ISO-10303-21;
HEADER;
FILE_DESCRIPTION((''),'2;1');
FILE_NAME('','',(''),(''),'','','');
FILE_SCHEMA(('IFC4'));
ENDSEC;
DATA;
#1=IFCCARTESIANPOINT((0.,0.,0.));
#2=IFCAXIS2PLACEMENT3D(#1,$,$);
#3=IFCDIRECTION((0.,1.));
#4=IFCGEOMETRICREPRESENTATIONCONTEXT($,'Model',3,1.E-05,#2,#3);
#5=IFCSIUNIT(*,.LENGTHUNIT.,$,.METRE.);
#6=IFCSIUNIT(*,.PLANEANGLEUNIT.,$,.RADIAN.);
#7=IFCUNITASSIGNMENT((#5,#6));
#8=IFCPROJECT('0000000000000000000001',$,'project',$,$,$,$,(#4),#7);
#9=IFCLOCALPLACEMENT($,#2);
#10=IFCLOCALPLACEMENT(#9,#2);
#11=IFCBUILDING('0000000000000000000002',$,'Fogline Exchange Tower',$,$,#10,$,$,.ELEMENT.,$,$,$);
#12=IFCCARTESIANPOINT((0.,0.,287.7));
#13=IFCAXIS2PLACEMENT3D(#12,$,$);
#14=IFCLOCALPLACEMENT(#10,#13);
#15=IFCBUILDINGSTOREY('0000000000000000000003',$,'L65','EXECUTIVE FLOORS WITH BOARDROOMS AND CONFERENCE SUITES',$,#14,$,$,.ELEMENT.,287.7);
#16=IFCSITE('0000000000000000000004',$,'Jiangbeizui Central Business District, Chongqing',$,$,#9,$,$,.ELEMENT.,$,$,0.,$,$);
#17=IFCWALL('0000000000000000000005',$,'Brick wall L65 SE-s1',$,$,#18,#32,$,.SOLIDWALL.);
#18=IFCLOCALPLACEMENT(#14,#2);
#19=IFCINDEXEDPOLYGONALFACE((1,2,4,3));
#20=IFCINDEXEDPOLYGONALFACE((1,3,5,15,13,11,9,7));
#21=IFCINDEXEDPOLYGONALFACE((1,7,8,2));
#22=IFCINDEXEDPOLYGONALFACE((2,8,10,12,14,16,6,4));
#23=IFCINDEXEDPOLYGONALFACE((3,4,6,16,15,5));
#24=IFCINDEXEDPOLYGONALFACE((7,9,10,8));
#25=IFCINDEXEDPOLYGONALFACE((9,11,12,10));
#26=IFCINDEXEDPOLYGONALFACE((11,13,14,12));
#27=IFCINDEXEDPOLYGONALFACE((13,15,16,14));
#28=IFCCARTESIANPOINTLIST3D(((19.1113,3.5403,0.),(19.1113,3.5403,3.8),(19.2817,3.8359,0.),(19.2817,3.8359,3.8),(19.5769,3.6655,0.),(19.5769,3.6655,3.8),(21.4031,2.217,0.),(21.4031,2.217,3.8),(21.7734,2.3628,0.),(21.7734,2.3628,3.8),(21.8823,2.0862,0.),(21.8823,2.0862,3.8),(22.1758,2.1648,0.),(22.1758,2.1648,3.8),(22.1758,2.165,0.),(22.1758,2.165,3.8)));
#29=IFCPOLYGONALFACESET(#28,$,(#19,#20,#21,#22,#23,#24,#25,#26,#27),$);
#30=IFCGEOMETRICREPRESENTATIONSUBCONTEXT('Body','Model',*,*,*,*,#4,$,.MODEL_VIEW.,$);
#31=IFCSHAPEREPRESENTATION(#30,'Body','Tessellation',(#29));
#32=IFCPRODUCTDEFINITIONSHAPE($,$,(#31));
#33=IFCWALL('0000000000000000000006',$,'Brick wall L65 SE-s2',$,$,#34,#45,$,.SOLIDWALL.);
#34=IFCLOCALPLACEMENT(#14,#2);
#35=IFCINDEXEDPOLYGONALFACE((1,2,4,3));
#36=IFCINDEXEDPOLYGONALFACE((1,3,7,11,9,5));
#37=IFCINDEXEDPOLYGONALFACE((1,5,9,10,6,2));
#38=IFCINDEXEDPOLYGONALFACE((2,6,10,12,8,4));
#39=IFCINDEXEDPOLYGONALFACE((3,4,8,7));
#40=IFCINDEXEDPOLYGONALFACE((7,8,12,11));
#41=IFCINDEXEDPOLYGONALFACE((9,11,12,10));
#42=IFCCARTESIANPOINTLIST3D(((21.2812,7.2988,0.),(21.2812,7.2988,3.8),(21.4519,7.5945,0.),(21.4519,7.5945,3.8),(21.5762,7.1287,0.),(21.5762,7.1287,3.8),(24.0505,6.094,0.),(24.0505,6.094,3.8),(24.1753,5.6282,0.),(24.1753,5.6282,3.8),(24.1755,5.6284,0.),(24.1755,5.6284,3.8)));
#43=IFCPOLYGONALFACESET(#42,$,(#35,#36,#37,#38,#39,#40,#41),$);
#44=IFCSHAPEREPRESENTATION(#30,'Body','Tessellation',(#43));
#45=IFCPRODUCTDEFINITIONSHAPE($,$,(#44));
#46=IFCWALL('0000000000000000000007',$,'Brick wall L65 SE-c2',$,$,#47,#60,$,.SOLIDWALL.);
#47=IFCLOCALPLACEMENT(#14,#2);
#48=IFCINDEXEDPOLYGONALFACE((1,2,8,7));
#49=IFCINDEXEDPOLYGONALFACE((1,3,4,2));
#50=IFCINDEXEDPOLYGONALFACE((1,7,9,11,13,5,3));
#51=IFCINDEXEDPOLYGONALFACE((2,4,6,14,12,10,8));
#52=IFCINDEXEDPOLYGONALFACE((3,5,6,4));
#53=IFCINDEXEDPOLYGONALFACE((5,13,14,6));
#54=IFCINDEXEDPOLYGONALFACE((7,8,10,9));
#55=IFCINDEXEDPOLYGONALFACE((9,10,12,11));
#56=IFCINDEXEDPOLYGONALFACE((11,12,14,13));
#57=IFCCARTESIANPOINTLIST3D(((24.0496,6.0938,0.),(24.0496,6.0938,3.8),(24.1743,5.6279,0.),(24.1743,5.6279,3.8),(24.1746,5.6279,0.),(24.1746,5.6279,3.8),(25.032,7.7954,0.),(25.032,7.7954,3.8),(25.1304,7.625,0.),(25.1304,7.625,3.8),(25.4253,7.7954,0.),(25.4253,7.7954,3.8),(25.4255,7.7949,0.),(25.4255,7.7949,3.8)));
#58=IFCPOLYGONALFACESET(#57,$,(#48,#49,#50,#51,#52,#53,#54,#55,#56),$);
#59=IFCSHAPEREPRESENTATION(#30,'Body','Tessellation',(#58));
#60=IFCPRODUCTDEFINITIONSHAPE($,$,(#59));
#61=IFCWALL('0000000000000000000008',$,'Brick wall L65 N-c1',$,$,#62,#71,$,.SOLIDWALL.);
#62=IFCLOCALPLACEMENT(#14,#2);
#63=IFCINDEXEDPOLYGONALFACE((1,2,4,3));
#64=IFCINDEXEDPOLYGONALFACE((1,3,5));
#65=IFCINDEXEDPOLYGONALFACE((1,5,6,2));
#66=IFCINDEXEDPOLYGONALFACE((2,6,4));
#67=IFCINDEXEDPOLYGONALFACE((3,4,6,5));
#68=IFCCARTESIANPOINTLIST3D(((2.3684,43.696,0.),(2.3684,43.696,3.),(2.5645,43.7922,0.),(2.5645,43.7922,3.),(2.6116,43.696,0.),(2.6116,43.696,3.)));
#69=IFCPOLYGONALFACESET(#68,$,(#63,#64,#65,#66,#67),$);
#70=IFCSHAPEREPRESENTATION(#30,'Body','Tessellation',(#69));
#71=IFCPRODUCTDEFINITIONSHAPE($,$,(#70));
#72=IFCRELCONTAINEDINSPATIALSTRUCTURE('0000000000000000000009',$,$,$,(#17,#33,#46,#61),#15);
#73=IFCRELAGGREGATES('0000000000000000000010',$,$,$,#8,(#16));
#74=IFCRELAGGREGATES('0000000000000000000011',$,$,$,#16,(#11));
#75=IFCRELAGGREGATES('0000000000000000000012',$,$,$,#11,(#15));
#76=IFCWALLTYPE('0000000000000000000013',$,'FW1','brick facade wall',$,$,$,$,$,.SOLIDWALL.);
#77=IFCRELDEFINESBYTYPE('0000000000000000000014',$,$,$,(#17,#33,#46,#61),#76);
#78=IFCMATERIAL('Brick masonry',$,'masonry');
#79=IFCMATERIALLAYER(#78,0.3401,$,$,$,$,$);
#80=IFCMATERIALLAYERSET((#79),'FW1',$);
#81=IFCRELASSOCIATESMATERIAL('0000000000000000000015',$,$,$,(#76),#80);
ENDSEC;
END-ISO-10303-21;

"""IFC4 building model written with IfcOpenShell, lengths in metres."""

from ifc_helpers import new_model, si_unit, direction, frame, origin, place, context, subcontext, project, spatial, polyline, outline, extrude, material, layer, layer_set, type_object, element, save


model = new_model("IFC4")

# Units and contexts
model_context = context("Model", 3, precision=1e-05, world=origin(), true_north=direction((0.0, 1.0)))
body_context = subcontext(model_context, "Body", "Model", "MODEL_VIEW")
ifc_project = project(units=[si_unit("LENGTHUNIT", "METRE"), si_unit("PLANEANGLEUNIT", "RADIAN")], contexts=[model_context])

# Site, building, storey
site_placement = place(None, origin())
site = spatial("IfcSite", under=ifc_project, at=site_placement, Name="Jiangbeizui Central Business District, Chongqing", CompositionType="ELEMENT", RefElevation=0.0)
building_placement = place(site_placement, origin())
building = spatial("IfcBuilding", under=site, at=building_placement, Name="Fogline Exchange Tower", CompositionType="ELEMENT")
storey_placement = place(building_placement, frame((0.0, 0.0, 287.7)))
storey = spatial("IfcBuildingStorey", under=building, at=storey_placement, Name="L65", Description="EXECUTIVE FLOORS WITH BOARDROOMS AND CONFERENCE SUITES", CompositionType="ELEMENT", Elevation=287.7)

# Walls
ifc_material_1 = material(Name="Brick masonry", Category="masonry")
ifc_layer_1 = layer(ifc_material_1, 0.3401)
ifc_layer_set_1 = layer_set([ifc_layer_1], Name="FW1")
wall_type = type_object("IfcWallType", Name="FW1", Description="brick facade wall", PredefinedType="SOLIDWALL", material=ifc_layer_set_1)
wall_1_placement = place(storey_placement, origin())
element("IfcWall", 1, at=wall_1_placement, inside=storey, type_object=wall_type, Name="Brick wall L65 SE-s1", PredefinedType="SOLIDWALL", context=body_context, shape_type="SweptSolid", body=[
    extrude(outline(polyline([(19.2817, 3.8359), (19.5769, 3.6655), (22.1758, 2.165), (22.1758, 2.1648), (21.8823, 2.0862), (21.7734, 2.3628), (21.4031, 2.217), (19.1113, 3.5403), (19.2817, 3.8359)])), origin(), (0.0, 0.0, 1.0), 3.8),
])
wall_2_placement = place(storey_placement, origin())
element("IfcWall", 2, at=wall_2_placement, inside=storey, type_object=wall_type, Name="Brick wall L65 SE-s2", PredefinedType="SOLIDWALL", context=body_context, shape_type="SweptSolid", body=[
    extrude(outline(polyline([(24.1753, 5.6282), (21.5762, 7.1287), (21.2812, 7.2988), (21.4519, 7.5945), (24.0505, 6.094), (24.1755, 5.6284), (24.1753, 5.6282)])), origin(), (0.0, 0.0, 1.0), 3.8),
])
wall_3_placement = place(storey_placement, origin())
element("IfcWall", 3, at=wall_3_placement, inside=storey, type_object=wall_type, Name="Brick wall L65 SE-c2", PredefinedType="SOLIDWALL", context=body_context, shape_type="SweptSolid", body=[
    extrude(outline(polyline([(25.032, 7.7954), (25.1304, 7.625), (25.4253, 7.7954), (25.4255, 7.7949), (24.1746, 5.6279), (24.1743, 5.6279), (24.0496, 6.0938), (25.032, 7.7954)])), origin(), (0.0, 0.0, 1.0), 3.8),
])
wall_4_placement = place(storey_placement, origin())
element("IfcWall", 4, at=wall_4_placement, inside=storey, type_object=wall_type, Name="Brick wall L65 N-c1", PredefinedType="SOLIDWALL", context=body_context, shape_type="SweptSolid", body=[
    extrude(outline(polyline([(2.3684, 43.696), (2.5645, 43.7922), (2.6116, 43.696), (2.3684, 43.696)])), origin(), (0.0, 0.0, 1.0), 3.0),
])

save(model, "model.ifc")
